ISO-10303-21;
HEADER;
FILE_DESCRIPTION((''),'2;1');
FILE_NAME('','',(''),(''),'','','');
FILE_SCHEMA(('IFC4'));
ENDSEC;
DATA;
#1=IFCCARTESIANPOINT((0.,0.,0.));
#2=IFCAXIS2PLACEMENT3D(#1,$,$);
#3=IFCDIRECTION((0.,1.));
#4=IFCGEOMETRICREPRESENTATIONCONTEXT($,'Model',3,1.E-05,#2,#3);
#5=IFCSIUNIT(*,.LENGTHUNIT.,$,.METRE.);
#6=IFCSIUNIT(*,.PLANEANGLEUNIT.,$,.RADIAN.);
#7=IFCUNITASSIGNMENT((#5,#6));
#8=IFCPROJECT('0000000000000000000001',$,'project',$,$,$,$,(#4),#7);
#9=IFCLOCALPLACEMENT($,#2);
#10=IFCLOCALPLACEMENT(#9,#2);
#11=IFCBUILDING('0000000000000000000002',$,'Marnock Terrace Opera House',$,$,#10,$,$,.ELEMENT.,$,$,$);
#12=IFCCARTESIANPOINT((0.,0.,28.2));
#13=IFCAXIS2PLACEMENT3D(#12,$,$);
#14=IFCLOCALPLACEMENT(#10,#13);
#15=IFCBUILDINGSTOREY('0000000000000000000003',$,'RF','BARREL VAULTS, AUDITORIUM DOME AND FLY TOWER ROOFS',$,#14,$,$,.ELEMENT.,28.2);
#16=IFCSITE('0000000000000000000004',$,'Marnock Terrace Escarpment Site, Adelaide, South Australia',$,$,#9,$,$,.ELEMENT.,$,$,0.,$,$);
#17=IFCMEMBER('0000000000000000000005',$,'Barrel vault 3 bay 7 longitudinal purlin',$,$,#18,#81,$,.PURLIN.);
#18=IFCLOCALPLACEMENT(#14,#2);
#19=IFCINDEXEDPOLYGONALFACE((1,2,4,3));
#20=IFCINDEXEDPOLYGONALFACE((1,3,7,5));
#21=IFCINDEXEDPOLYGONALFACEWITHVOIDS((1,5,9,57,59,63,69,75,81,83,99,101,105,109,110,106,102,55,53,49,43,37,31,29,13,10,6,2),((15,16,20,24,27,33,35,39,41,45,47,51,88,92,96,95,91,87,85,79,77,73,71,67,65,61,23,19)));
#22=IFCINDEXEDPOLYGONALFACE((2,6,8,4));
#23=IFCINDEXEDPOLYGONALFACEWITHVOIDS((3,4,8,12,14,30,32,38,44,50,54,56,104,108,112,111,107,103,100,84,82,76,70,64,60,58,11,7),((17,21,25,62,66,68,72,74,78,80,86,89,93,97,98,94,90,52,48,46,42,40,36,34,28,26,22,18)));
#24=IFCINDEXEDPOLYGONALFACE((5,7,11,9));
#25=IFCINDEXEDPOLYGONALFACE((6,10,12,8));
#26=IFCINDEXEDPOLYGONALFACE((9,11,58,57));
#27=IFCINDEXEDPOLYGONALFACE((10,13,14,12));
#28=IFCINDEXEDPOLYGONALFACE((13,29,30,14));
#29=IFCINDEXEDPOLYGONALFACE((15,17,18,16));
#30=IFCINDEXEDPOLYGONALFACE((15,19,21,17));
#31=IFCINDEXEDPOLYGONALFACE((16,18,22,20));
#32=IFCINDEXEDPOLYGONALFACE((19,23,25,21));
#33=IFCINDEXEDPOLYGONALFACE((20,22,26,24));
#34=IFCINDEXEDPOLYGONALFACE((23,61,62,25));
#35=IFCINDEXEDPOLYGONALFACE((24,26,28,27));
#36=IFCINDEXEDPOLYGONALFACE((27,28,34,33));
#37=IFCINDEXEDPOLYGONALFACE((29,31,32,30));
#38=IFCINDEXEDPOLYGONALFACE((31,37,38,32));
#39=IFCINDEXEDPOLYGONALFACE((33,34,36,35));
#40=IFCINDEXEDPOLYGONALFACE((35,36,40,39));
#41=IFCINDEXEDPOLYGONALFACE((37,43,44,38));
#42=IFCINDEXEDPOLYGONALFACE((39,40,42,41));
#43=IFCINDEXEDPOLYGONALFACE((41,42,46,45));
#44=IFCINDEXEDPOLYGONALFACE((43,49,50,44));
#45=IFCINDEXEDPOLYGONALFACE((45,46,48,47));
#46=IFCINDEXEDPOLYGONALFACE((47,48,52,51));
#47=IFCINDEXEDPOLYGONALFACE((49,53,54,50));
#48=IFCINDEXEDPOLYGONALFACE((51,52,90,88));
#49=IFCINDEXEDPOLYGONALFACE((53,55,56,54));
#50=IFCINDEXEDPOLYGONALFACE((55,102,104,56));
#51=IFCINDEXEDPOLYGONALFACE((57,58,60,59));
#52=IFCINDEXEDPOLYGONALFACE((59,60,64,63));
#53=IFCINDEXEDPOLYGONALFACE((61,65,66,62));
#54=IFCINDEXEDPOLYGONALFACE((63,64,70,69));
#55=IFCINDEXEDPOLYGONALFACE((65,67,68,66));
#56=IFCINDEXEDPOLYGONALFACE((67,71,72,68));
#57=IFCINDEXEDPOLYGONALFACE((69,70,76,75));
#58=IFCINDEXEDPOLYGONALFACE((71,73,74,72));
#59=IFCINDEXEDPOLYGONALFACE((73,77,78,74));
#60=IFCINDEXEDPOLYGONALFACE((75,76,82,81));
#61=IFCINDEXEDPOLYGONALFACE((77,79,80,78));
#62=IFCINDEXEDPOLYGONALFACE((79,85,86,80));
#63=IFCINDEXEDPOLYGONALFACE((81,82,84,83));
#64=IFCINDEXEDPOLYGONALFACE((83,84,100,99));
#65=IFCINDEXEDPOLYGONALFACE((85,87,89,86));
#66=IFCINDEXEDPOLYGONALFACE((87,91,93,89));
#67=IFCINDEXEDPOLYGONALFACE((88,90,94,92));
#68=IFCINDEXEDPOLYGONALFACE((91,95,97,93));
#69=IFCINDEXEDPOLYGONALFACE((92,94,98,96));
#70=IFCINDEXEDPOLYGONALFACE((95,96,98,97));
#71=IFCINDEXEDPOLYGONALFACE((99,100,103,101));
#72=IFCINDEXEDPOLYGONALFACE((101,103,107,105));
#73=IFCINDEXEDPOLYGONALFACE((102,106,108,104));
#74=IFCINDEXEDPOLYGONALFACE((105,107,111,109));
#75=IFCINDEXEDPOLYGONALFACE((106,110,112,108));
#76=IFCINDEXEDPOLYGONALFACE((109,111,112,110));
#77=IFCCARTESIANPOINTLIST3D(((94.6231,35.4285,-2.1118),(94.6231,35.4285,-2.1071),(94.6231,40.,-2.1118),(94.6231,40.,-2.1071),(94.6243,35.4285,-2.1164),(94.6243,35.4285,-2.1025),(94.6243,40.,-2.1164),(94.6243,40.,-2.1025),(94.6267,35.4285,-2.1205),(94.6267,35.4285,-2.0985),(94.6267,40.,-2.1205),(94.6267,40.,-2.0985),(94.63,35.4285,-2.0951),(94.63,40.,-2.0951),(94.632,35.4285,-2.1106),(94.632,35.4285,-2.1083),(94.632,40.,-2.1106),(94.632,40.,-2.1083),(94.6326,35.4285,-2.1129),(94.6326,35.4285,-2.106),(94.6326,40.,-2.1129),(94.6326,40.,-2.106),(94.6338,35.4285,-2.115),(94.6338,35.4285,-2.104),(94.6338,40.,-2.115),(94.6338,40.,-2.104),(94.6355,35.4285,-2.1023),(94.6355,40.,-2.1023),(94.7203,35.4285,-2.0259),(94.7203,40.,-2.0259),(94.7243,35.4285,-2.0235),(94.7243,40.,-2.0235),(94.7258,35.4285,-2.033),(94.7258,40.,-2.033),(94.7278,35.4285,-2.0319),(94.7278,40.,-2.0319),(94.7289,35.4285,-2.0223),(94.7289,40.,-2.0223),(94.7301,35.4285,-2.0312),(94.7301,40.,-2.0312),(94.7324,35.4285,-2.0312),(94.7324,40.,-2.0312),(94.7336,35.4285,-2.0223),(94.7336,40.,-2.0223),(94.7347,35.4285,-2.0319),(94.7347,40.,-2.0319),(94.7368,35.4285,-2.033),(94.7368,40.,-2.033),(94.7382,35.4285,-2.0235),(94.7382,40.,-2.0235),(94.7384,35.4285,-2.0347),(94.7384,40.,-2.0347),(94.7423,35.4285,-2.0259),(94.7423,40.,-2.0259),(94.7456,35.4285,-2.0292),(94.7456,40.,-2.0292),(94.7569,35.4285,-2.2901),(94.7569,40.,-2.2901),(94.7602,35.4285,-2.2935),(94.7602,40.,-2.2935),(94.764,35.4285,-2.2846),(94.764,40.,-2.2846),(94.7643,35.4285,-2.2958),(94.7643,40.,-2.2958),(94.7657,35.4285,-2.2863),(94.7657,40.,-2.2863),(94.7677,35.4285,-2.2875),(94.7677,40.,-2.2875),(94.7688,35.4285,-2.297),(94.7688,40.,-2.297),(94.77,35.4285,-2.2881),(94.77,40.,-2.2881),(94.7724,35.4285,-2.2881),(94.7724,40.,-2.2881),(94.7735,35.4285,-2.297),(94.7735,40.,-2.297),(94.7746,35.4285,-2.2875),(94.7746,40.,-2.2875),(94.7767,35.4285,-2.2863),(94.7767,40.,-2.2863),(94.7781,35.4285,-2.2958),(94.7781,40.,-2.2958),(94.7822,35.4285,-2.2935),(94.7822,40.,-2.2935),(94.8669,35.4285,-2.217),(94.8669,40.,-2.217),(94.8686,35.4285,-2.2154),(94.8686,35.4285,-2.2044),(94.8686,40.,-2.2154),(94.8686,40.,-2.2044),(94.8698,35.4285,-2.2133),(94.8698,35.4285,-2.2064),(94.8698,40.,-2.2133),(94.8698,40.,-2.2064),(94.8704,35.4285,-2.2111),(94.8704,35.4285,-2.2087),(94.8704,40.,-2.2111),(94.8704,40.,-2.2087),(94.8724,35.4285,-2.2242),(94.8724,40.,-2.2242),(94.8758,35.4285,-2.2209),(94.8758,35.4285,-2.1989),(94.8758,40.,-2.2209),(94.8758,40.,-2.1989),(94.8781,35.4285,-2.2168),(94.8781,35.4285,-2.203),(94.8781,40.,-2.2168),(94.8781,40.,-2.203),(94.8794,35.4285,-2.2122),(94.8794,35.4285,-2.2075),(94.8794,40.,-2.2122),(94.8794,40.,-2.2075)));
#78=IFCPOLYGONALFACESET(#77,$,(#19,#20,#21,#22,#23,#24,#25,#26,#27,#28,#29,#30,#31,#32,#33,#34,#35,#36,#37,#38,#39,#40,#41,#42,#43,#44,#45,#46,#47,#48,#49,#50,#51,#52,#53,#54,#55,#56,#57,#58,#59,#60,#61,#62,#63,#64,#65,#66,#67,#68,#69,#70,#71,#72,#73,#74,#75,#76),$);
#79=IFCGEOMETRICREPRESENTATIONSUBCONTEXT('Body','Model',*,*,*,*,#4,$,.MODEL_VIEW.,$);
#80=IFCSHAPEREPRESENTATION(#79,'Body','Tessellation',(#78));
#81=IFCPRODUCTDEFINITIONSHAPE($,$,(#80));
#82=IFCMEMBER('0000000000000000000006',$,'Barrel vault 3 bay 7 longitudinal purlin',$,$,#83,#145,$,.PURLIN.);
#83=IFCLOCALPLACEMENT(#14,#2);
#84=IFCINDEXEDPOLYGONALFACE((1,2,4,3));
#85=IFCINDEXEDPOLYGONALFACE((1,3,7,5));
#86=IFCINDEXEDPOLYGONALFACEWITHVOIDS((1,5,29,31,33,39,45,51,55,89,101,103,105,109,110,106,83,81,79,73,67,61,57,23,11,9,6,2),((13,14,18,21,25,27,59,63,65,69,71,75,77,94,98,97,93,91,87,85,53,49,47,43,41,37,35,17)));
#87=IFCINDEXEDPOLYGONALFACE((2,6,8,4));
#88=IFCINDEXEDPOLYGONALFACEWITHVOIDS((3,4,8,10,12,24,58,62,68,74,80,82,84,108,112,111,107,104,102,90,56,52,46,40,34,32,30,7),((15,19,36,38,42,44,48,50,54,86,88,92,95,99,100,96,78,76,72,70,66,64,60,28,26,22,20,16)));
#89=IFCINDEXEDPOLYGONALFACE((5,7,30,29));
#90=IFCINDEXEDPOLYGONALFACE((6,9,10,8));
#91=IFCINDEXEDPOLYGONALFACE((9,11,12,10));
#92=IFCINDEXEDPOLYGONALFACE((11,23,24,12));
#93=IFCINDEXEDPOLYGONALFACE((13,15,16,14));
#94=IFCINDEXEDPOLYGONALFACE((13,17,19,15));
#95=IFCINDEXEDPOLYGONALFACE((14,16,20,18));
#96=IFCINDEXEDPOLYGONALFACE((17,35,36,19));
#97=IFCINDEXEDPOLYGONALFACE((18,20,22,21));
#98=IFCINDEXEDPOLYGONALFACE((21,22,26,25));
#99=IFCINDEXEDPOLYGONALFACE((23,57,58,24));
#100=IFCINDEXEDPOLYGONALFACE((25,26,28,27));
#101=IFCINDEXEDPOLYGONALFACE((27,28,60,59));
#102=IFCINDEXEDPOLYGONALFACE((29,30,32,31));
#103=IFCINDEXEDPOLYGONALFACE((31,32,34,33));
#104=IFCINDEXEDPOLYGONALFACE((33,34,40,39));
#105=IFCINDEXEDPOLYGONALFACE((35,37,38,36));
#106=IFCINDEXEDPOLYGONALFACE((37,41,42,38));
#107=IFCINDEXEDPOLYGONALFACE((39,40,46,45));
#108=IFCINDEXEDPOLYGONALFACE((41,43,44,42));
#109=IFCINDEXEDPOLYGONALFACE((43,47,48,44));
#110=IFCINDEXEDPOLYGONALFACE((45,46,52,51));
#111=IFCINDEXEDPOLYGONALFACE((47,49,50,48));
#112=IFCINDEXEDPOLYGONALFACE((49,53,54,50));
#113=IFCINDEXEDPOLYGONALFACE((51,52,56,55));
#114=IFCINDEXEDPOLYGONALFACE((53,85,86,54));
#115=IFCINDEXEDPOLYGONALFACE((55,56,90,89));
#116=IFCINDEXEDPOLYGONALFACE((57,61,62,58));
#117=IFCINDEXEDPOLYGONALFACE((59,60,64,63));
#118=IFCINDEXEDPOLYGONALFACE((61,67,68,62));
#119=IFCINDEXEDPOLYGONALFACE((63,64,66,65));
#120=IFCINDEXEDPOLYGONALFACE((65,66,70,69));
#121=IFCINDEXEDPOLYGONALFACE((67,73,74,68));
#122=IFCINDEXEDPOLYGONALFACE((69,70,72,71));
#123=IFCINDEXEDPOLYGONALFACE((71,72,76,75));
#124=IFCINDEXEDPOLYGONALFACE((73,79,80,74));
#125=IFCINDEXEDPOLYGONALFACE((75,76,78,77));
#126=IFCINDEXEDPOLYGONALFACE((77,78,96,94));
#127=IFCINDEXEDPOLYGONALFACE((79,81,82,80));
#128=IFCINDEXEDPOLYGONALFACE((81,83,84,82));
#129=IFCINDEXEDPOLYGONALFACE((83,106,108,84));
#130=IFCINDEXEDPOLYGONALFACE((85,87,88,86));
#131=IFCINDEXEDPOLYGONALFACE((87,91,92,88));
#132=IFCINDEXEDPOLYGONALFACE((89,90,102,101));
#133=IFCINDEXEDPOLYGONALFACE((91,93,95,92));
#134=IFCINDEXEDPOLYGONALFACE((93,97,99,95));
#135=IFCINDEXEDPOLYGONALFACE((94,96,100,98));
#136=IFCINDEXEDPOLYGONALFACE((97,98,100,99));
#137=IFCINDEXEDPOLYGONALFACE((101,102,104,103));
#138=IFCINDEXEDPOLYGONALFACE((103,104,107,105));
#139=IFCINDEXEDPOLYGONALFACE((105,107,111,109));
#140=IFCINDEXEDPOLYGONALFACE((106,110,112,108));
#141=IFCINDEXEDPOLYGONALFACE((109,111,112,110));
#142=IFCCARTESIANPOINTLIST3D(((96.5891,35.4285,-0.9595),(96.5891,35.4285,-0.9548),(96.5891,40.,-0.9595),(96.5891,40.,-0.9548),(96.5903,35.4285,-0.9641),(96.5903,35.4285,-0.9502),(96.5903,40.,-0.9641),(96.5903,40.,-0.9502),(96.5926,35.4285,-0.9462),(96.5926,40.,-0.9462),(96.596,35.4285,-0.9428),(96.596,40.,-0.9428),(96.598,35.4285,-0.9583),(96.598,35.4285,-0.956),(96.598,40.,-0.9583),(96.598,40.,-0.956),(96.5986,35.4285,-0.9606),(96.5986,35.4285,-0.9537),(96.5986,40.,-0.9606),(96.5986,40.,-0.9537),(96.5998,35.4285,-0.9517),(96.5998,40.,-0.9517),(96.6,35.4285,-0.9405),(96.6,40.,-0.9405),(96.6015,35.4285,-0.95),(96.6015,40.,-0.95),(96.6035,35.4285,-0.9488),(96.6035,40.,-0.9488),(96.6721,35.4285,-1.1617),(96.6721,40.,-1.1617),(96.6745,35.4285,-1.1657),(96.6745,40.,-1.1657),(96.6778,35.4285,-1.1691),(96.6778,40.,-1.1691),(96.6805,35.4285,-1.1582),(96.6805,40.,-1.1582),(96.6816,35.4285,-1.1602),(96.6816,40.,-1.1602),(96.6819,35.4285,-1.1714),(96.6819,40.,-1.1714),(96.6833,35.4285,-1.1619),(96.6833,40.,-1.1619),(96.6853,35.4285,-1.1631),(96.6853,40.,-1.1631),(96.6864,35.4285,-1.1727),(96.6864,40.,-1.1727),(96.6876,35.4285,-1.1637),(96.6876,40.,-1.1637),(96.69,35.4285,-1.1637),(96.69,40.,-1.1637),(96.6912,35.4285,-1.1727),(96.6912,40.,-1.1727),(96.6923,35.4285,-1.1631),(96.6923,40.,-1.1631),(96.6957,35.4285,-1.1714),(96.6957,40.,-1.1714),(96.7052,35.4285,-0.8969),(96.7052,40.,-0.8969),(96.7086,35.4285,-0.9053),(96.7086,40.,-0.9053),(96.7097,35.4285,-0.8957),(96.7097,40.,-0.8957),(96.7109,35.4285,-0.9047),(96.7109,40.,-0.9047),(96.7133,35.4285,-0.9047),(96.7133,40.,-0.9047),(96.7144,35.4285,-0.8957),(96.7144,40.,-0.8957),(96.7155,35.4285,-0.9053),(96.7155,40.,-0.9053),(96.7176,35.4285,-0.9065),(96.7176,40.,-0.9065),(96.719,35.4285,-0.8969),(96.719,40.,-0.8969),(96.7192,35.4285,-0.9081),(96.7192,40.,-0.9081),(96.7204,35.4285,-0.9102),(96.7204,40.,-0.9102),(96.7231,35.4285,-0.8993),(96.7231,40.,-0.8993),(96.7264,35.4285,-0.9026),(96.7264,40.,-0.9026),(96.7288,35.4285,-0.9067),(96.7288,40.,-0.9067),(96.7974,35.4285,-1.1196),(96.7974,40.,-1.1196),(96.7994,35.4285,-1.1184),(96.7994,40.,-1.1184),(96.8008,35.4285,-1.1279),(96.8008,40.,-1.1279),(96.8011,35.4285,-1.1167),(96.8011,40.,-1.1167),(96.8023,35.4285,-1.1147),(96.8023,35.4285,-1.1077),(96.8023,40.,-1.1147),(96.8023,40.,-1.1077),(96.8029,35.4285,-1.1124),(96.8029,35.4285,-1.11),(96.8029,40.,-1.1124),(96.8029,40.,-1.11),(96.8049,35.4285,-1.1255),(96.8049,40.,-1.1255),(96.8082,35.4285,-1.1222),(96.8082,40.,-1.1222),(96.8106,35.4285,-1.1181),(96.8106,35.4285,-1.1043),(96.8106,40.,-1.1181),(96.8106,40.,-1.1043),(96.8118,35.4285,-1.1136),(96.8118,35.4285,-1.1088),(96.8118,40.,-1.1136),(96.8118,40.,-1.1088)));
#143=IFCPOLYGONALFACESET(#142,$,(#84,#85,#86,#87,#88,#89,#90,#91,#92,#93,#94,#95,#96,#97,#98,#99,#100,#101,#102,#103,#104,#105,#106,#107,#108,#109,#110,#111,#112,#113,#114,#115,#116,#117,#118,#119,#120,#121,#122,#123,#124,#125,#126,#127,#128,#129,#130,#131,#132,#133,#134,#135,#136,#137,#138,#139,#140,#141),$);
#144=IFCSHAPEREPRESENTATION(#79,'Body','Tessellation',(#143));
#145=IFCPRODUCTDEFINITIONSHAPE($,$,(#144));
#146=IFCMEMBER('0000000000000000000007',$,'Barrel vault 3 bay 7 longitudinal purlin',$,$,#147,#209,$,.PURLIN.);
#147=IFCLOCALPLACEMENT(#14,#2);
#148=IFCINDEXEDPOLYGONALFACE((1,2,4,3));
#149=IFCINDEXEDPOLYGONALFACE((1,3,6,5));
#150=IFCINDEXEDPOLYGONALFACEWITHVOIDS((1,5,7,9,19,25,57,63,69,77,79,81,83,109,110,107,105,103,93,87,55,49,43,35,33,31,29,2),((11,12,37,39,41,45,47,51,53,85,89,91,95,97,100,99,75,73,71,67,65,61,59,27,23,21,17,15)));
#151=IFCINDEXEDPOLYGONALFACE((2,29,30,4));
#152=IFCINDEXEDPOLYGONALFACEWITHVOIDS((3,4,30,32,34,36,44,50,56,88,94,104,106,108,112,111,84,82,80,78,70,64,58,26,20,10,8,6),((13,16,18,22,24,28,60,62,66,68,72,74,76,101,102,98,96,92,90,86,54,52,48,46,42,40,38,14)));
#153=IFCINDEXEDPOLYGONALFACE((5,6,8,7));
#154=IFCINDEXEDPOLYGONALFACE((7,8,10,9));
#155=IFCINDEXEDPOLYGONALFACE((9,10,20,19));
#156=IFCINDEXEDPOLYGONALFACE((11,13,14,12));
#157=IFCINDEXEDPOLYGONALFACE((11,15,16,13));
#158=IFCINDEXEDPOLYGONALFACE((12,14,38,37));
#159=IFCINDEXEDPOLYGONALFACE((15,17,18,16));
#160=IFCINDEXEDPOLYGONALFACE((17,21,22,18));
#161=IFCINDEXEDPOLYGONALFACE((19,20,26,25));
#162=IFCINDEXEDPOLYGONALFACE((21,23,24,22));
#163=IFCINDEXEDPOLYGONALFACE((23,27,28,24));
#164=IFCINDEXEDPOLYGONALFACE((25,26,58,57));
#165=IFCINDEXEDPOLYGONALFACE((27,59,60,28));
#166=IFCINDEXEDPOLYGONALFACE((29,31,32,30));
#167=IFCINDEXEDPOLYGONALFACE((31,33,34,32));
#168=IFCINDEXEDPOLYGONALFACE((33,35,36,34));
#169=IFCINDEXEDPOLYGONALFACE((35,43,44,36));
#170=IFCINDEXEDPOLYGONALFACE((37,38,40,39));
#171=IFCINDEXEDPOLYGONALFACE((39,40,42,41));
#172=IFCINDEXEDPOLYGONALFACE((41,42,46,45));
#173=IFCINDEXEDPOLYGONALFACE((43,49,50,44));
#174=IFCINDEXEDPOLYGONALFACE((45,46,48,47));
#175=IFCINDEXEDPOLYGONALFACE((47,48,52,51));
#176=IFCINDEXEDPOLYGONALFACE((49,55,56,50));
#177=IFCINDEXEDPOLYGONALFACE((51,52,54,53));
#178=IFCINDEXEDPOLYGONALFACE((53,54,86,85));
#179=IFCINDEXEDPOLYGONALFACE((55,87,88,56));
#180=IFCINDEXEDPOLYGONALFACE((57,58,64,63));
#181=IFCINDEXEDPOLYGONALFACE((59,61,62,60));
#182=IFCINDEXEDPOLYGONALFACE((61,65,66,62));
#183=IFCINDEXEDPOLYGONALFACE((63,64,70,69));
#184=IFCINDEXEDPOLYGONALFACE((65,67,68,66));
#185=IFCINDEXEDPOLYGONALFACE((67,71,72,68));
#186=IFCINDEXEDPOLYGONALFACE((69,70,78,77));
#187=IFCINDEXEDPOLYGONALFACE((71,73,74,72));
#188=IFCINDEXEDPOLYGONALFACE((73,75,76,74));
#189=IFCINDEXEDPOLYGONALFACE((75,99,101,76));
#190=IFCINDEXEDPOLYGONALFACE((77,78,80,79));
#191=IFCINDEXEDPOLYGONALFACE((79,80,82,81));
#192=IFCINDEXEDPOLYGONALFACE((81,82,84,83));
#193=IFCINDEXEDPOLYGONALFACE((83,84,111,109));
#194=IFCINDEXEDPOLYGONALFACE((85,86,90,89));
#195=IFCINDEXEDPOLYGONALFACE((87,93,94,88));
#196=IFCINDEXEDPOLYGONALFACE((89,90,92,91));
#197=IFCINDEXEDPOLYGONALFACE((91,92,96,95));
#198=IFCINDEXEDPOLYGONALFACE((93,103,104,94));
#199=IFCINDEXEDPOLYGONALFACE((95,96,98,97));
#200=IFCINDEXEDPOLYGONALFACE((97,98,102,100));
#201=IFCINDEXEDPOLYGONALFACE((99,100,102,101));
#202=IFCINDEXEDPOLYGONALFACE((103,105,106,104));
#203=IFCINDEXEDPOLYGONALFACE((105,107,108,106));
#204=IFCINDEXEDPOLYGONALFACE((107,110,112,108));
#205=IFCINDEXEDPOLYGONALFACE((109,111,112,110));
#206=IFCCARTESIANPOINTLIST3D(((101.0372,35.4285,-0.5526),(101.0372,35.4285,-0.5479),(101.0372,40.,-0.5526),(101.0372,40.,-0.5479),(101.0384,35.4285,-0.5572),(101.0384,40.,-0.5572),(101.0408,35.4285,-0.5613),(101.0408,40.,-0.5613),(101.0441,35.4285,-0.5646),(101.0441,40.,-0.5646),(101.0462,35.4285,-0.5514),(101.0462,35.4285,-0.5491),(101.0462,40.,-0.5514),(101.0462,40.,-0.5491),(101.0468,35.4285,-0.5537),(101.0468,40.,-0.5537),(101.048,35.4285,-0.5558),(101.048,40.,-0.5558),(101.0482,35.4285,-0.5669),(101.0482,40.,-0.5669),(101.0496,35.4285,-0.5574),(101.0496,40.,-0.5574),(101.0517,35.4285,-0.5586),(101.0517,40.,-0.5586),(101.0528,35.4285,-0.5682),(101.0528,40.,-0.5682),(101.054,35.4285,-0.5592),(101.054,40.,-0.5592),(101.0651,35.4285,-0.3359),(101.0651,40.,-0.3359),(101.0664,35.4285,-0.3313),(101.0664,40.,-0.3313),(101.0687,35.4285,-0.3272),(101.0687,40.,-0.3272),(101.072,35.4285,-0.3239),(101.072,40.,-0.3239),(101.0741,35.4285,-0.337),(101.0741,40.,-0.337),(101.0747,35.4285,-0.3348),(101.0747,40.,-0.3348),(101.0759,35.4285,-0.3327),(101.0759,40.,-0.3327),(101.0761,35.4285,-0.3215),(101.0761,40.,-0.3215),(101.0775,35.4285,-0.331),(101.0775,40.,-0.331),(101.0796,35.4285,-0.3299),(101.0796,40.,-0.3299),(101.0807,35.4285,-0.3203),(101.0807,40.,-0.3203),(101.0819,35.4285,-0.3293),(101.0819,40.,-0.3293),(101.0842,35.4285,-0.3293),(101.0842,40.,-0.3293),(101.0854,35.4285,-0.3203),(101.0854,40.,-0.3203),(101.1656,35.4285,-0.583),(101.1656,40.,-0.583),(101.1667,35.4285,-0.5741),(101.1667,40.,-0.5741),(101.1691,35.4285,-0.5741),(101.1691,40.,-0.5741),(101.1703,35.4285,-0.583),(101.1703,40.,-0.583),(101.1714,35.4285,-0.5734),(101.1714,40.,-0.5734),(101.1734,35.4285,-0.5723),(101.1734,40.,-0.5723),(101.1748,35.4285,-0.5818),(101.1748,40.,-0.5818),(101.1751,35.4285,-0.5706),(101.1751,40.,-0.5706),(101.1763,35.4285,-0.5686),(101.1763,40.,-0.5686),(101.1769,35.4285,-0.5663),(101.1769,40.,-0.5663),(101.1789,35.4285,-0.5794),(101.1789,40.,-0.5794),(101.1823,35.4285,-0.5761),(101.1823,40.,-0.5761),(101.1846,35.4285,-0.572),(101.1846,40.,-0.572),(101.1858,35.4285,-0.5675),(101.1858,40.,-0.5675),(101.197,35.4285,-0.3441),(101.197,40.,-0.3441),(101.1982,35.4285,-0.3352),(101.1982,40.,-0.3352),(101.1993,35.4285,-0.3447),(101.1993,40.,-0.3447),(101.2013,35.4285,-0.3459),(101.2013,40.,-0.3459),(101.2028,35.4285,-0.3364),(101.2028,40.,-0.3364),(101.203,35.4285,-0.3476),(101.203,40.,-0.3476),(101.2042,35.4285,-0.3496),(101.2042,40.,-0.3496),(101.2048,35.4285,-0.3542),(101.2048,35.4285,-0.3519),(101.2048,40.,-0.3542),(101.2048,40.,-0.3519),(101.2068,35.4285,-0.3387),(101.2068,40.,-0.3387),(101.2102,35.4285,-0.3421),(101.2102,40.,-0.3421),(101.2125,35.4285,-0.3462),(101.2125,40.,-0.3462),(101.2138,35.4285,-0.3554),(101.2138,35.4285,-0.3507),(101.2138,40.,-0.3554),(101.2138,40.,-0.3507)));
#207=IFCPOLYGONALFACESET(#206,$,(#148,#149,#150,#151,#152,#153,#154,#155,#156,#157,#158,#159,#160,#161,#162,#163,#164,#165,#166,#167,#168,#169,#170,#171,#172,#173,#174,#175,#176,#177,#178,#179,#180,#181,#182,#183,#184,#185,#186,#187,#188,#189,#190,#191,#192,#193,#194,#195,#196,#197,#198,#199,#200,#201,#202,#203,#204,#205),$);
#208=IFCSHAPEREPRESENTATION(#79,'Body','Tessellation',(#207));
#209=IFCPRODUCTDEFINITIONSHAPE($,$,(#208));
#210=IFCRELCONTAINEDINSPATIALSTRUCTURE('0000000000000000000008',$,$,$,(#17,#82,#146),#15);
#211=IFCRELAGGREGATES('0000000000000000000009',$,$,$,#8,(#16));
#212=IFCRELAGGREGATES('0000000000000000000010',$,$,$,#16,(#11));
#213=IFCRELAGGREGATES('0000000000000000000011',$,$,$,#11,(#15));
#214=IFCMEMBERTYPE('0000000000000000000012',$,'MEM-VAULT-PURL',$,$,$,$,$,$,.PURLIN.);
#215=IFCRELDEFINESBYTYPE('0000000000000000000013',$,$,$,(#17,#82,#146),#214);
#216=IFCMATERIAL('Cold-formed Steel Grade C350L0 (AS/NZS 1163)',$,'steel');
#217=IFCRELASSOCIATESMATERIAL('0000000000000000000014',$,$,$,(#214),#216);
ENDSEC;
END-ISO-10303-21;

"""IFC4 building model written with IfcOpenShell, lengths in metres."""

from ifc_helpers import new_model, si_unit, direction, frame, origin, origin_2d, place, context, subcontext, project, spatial, hollow_rectangle, extrude, material, material_profile, profile_set, type_object, element, save


model = new_model("IFC4")

# Units and contexts
model_context = context("Model", 3, precision=1e-05, world=origin(), true_north=direction((0.0, 1.0)))
body_context = subcontext(model_context, "Body", "Model", "MODEL_VIEW")
ifc_project = project(units=[si_unit("LENGTHUNIT", "METRE"), si_unit("PLANEANGLEUNIT", "RADIAN")], contexts=[model_context])

# Site, building, storey
site_placement = place(None, origin())
site = spatial("IfcSite", under=ifc_project, at=site_placement, Name="Marnock Terrace Escarpment Site, Adelaide, South Australia", CompositionType="ELEMENT", RefElevation=0.0)
building_placement = place(site_placement, origin())
building = spatial("IfcBuilding", under=site, at=building_placement, Name="Marnock Terrace Opera House", CompositionType="ELEMENT")
storey_placement = place(building_placement, frame((0.0, 0.0, 28.2)))
storey = spatial("IfcBuildingStorey", under=building, at=storey_placement, Name="RF", Description="BARREL VAULTS, AUDITORIUM DOME AND FLY TOWER ROOFS", CompositionType="ELEMENT", Elevation=28.2)

# Members
ifc_material_1 = material(Name="Cold-formed Steel Grade C350L0 (AS/NZS 1163)", Category="steel")
ifc_material_profile_1 = material_profile(ifc_material_1, hollow_rectangle(XDim=0.1499, YDim=0.25, WallThickness=0.009, InnerFilletRadius=0.009, OuterFilletRadius=0.0181, at=origin_2d()))
ifc_profile_set_1 = profile_set([ifc_material_profile_1], Name="Cold-formed Steel Grade C350L0 (AS/NZS 1163)")
member_type_1 = type_object("IfcMemberType", Name="MEM-VAULT-PURL", PredefinedType="PURLIN", material=ifc_profile_set_1)
for number, where, z_axis, x_axis, name in (
    (1, (94.7512, 35.4285, -2.1597), (0.0, 1.0, 0.0), (-0.793353, 0.0, -0.608761), "Barrel vault 3 bay 7 longitudinal purlin"),
    (2, (96.7004, 35.4285, -1.0342), (0.0, 1.0, 0.0), (-0.92388, 0.0, -0.382683), "Barrel vault 3 bay 7 longitudinal purlin"),
    (3, (101.1255, 35.4285, -0.4517), (0.0, 1.0, 0.0), (-0.991445, 0.0, 0.130526), "Barrel vault 3 bay 7 longitudinal purlin"),
):
    element("IfcMember", number, at=place(storey_placement, frame(where, z_axis=z_axis, x_axis=x_axis)), inside=storey, type_object=member_type_1, Name=name, PredefinedType="PURLIN", context=body_context, shape_type="SweptSolid", body=[
        extrude(hollow_rectangle(XDim=0.1499, YDim=0.25, WallThickness=0.009, InnerFilletRadius=0.009, OuterFilletRadius=0.0181, at=origin_2d()), origin(), (0.0, 0.0, 1.0), 4.5715),
    ])

save(model, "model.ifc")
